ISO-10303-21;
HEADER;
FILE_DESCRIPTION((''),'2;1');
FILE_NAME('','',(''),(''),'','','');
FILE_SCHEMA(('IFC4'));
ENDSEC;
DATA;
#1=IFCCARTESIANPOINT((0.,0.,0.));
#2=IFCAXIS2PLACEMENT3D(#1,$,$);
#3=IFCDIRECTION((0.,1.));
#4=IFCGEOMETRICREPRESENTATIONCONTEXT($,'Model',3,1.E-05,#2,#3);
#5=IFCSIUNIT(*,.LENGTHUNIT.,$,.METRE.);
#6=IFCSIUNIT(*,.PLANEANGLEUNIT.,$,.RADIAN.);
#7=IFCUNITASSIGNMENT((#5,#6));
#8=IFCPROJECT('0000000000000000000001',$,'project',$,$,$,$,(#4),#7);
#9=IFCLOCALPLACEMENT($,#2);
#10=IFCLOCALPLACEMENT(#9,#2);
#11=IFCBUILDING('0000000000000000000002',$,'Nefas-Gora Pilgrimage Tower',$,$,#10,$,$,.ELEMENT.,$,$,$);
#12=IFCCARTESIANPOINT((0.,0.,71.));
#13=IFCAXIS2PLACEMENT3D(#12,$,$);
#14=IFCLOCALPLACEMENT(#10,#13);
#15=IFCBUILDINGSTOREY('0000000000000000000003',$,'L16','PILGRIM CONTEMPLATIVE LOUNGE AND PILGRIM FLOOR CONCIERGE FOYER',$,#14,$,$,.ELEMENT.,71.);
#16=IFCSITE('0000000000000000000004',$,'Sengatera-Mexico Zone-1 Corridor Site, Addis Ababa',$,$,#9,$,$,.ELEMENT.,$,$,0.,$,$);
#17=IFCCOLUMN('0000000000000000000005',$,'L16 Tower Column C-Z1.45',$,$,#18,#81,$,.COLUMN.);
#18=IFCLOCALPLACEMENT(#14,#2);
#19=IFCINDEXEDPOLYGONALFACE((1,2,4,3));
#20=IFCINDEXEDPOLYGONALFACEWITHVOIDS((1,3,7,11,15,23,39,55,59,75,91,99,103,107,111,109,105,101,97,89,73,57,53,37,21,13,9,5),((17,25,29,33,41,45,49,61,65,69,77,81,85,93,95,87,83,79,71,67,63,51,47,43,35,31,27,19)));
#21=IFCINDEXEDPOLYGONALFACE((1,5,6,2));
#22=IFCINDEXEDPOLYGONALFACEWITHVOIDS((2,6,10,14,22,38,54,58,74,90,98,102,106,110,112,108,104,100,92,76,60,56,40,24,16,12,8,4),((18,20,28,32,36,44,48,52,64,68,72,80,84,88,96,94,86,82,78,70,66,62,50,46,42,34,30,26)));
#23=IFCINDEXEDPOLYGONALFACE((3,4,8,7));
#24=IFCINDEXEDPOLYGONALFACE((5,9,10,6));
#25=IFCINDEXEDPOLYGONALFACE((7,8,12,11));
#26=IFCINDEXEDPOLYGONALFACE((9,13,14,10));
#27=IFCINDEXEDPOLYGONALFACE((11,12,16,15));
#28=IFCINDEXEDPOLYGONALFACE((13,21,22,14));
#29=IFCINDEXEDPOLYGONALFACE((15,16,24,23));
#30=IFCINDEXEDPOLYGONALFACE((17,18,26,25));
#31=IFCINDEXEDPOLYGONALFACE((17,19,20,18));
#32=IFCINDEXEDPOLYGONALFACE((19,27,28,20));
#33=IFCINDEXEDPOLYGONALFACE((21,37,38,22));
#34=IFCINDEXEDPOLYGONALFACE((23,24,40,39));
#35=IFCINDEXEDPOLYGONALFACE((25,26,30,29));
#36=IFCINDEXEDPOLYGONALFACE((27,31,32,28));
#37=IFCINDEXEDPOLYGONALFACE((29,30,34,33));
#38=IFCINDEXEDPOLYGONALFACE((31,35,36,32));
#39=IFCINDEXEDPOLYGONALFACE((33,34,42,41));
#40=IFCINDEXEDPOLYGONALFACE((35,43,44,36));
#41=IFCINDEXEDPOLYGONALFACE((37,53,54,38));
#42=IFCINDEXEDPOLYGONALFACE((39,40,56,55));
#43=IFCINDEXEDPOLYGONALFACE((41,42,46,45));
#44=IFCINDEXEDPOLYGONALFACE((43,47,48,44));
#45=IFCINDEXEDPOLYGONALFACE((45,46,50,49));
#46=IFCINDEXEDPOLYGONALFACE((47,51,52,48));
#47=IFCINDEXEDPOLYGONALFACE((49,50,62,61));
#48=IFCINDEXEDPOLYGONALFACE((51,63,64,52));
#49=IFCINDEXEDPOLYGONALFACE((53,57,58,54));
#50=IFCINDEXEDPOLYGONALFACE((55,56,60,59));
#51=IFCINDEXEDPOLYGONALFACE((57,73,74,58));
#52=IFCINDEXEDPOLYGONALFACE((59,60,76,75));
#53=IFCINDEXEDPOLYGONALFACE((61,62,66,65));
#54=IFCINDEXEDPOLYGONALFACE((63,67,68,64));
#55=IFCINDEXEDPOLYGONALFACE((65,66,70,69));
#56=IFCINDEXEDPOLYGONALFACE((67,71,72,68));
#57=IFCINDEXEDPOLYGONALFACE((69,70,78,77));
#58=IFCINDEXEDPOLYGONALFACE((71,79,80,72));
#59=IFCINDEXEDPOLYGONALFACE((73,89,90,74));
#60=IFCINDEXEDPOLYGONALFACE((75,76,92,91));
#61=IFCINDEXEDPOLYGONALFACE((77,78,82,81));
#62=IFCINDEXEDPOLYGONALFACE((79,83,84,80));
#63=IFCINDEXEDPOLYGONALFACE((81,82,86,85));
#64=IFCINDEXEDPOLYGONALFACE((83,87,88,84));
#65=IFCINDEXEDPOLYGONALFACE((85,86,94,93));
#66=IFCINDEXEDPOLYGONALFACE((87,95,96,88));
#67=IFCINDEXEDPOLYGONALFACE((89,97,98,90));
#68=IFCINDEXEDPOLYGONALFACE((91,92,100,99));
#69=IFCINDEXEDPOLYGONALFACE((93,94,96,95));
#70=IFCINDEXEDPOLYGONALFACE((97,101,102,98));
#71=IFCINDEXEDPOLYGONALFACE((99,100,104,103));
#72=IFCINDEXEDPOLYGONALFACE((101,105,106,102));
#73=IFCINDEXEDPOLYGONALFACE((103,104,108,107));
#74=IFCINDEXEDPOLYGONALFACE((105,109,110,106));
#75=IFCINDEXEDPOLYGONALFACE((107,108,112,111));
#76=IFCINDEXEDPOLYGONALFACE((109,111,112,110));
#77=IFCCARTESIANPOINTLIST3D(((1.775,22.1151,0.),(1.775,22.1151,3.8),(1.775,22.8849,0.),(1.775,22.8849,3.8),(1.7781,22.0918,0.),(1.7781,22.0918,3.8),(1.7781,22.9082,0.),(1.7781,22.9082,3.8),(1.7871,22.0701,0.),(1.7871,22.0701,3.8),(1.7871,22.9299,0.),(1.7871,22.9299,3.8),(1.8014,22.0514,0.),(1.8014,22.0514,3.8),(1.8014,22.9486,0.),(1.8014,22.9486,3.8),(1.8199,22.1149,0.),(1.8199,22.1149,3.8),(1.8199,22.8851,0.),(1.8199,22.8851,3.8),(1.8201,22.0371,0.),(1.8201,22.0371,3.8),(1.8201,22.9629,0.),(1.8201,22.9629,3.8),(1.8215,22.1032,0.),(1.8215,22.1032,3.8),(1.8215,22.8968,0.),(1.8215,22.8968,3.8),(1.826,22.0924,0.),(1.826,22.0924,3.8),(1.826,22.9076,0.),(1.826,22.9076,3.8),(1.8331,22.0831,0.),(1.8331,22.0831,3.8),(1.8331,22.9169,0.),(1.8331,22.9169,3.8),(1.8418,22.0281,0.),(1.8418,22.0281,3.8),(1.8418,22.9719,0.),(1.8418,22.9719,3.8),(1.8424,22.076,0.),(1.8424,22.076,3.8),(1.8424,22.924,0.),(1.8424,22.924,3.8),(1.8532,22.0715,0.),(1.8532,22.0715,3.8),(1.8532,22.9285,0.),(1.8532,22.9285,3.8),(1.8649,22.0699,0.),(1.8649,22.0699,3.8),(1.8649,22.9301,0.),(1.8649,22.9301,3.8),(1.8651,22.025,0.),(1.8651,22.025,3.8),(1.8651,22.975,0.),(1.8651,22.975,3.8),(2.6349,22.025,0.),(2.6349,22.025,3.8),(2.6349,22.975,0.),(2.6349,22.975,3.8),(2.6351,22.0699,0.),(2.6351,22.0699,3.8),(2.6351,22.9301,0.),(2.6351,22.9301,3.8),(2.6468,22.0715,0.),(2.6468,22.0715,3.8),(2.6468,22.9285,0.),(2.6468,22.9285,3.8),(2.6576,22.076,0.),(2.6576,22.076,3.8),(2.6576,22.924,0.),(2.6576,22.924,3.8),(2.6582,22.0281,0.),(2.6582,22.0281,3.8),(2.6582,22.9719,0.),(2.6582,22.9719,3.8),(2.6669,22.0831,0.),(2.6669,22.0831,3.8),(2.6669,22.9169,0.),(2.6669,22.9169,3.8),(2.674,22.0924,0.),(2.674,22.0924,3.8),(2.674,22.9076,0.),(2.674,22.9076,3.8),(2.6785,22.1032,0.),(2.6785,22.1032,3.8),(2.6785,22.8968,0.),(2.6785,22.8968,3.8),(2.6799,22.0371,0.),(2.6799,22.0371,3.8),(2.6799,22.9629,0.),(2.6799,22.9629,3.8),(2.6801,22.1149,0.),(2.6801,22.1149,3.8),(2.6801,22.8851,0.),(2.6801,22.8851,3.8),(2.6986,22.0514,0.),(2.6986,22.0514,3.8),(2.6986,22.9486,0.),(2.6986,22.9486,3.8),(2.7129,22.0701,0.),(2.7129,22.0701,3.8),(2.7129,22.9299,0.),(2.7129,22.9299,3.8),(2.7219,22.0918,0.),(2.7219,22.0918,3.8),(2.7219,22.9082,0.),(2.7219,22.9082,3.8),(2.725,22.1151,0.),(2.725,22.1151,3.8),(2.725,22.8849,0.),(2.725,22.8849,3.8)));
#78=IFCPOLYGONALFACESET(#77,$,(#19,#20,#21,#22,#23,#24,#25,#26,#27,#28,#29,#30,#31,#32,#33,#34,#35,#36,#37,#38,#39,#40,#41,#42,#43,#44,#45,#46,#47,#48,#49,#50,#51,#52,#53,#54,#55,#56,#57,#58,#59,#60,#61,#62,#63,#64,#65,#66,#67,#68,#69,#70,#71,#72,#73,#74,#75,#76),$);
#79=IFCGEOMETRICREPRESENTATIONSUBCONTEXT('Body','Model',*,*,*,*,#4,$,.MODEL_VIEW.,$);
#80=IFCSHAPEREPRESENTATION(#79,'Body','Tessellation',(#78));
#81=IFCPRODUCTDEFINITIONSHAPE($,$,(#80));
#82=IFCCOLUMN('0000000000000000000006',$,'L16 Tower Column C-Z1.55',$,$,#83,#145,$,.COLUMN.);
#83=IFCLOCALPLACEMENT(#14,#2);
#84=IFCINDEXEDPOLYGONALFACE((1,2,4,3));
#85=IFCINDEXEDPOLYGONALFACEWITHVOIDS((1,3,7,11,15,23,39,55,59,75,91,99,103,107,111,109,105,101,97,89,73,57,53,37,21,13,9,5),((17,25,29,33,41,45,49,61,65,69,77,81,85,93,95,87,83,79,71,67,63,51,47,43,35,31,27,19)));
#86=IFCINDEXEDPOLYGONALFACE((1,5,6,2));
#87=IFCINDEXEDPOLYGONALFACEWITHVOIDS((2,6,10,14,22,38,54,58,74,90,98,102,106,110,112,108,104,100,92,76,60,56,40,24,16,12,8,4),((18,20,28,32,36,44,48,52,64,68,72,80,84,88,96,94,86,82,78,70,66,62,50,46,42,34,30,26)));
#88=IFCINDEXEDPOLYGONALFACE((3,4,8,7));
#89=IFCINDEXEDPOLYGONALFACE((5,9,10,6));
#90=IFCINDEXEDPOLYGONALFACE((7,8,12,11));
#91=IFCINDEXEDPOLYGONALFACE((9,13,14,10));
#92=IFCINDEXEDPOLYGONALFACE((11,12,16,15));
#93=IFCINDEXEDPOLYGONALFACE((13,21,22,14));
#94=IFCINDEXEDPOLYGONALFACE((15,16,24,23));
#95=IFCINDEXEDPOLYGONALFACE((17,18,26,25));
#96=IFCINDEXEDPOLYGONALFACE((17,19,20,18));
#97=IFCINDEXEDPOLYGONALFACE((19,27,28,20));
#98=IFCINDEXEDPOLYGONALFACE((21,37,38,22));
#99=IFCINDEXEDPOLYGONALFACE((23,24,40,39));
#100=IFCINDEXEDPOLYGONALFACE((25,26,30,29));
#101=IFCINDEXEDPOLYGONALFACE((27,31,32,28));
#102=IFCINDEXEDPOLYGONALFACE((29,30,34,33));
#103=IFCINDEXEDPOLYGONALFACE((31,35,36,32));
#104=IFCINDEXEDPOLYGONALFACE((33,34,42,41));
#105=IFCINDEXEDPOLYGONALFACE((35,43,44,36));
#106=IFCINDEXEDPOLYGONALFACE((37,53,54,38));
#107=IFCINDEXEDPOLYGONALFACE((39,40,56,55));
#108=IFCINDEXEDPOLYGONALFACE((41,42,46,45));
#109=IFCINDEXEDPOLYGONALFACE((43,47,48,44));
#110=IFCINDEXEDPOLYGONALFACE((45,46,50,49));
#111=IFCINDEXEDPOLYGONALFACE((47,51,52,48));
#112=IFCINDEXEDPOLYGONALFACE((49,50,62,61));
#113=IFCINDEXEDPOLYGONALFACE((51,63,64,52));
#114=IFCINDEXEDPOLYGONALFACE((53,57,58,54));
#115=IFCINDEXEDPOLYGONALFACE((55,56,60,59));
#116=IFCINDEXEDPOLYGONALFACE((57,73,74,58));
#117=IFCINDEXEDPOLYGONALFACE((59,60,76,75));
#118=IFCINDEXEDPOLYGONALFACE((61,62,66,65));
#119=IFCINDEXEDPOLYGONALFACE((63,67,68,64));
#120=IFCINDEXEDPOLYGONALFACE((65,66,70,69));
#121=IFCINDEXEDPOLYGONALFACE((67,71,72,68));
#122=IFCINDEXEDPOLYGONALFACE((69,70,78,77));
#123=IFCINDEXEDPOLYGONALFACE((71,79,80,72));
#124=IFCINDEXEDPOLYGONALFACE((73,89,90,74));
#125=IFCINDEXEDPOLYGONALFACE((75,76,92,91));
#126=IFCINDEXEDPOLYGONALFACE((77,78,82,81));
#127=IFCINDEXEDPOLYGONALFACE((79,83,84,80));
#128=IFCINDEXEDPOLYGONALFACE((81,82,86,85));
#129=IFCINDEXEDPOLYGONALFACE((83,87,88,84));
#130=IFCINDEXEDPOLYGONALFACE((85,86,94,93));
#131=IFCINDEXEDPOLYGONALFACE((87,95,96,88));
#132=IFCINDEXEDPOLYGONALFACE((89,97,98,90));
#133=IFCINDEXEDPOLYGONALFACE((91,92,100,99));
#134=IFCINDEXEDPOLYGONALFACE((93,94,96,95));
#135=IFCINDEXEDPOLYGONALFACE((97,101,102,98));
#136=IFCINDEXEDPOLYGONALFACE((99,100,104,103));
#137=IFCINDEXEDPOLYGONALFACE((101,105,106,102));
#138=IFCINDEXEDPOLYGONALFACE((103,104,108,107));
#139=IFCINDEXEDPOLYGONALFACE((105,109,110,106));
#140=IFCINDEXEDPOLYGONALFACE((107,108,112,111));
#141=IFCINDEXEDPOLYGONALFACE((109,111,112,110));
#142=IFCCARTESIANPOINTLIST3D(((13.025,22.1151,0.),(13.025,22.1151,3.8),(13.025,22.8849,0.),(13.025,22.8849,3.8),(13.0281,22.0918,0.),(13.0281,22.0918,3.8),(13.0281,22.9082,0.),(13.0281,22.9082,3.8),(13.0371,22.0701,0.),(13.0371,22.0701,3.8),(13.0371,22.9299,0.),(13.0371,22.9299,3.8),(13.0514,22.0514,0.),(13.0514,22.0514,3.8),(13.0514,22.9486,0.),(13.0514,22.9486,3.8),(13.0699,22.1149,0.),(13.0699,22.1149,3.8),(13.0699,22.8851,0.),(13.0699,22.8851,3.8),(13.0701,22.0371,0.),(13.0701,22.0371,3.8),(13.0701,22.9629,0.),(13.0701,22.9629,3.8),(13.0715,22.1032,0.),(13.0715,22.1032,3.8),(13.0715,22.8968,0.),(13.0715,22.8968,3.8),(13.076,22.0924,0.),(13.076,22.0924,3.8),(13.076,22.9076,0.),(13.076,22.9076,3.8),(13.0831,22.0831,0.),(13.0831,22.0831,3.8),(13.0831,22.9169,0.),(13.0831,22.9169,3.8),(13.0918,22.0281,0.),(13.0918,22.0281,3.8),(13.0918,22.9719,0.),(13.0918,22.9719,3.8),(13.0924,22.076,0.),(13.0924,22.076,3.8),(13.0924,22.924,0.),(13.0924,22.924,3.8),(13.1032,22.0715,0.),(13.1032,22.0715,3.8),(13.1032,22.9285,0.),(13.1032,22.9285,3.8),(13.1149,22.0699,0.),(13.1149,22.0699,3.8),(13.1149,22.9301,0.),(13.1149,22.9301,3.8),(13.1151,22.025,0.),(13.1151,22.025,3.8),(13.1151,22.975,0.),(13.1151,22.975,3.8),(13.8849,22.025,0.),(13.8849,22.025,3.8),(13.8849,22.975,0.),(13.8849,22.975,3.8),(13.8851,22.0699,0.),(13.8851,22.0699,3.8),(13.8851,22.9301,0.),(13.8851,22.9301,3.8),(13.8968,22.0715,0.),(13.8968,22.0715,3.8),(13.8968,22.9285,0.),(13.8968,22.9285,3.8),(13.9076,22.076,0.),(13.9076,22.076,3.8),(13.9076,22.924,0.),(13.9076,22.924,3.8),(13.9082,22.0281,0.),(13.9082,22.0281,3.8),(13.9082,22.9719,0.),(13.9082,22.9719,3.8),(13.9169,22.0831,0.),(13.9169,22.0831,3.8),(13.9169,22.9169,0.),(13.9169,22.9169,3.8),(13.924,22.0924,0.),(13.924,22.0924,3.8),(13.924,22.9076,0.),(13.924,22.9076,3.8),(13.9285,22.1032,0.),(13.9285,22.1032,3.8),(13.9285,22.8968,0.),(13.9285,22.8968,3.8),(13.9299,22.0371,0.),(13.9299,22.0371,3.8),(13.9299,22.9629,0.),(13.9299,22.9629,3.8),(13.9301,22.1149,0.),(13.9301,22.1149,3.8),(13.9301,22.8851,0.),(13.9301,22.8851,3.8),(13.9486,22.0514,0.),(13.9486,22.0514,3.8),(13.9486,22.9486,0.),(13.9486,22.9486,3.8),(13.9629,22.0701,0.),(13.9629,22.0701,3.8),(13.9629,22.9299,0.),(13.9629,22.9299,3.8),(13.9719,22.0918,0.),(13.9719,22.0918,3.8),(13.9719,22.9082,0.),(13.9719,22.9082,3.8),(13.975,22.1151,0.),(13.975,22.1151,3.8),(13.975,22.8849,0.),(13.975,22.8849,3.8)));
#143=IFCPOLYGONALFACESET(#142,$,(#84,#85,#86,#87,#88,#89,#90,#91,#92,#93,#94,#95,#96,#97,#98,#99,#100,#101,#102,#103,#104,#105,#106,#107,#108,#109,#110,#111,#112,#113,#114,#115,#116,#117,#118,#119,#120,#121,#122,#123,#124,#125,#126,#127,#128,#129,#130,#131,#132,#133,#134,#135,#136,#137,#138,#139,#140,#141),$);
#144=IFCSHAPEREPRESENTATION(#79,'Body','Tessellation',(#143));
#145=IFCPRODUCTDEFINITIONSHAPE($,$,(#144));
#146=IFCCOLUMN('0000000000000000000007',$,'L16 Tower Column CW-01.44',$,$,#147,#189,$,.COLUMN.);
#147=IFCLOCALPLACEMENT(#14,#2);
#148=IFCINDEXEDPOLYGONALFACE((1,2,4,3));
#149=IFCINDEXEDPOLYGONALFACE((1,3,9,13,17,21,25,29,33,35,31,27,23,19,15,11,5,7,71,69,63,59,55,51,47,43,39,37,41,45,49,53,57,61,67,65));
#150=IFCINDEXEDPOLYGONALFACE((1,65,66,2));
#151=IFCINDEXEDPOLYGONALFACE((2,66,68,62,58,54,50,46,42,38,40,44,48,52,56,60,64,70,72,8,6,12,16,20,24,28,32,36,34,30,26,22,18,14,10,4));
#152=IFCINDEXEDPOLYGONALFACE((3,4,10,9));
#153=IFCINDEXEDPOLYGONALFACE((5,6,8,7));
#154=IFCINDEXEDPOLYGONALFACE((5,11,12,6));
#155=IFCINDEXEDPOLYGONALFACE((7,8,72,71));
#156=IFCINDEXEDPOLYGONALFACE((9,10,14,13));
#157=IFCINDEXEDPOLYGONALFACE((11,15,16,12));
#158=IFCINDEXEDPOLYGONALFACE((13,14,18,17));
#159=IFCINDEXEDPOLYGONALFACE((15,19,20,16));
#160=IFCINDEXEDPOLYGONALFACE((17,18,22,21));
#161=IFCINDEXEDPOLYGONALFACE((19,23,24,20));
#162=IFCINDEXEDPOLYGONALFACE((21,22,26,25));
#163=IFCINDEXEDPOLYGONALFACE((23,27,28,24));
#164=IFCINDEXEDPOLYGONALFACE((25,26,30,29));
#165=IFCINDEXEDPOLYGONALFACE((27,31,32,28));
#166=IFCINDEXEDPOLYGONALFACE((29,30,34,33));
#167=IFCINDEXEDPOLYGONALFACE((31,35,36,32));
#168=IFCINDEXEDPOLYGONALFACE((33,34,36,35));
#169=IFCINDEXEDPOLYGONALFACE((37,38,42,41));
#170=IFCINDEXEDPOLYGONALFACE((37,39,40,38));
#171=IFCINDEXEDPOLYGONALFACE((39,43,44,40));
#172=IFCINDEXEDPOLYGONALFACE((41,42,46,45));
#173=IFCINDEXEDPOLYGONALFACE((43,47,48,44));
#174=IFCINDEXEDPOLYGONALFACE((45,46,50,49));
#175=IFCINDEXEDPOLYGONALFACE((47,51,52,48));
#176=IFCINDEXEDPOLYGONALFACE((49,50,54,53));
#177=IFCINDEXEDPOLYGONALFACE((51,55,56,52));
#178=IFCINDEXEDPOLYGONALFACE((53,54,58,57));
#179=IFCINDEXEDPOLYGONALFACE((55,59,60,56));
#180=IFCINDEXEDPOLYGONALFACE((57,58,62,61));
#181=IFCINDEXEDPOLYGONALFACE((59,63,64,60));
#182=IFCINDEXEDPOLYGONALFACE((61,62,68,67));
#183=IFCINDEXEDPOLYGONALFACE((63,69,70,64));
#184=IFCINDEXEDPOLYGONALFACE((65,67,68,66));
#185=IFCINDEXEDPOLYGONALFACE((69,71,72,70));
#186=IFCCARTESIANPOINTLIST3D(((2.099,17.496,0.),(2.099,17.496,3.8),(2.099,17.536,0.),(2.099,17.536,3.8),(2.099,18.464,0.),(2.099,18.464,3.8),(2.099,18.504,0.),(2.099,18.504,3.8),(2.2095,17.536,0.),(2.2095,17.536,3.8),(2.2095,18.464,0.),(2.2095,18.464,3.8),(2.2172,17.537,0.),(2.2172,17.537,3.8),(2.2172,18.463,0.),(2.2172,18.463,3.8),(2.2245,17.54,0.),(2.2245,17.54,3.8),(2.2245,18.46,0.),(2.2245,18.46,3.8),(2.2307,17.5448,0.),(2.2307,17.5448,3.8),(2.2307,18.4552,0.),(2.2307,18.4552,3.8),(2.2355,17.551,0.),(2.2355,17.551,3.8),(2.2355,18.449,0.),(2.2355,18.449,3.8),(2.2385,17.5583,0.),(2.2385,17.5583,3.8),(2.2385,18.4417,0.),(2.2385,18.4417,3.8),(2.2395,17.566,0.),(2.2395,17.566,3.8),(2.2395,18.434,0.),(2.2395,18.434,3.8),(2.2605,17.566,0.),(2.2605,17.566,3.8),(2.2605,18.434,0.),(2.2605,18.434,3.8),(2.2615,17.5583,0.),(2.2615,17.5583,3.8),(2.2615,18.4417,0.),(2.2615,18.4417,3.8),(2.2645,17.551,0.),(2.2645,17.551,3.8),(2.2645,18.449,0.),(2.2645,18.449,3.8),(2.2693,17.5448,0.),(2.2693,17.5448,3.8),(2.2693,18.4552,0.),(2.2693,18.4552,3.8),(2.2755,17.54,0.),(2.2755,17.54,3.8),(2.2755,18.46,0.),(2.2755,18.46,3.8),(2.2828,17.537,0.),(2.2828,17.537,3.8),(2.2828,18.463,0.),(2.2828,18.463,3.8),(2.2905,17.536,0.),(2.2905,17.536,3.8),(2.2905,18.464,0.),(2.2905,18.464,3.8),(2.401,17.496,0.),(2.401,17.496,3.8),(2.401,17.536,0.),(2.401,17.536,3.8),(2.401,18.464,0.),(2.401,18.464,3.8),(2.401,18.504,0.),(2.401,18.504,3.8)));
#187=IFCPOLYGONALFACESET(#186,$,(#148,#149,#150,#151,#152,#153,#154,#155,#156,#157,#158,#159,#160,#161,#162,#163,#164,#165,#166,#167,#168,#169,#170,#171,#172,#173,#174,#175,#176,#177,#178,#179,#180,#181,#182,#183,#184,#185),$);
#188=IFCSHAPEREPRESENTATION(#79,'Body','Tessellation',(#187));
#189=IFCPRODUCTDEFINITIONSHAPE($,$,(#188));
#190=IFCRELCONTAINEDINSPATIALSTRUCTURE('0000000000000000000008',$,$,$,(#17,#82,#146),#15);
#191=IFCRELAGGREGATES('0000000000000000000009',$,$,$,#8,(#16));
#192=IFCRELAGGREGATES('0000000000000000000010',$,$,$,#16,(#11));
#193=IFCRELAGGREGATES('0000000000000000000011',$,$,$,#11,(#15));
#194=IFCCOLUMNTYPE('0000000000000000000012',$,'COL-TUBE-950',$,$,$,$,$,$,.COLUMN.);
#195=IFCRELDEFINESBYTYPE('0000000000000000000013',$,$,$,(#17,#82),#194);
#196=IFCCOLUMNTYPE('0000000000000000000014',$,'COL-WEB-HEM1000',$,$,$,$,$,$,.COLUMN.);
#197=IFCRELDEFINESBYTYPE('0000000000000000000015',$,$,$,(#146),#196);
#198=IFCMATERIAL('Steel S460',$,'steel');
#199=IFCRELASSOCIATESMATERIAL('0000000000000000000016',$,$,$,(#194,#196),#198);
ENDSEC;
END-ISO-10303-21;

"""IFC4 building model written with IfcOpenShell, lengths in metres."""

from ifc_helpers import new_model, si_unit, direction, frame, origin, origin_2d, place, context, subcontext, project, spatial, hollow_rectangle, i_section, extrude, source, transform, mapped, material, material_profile, profile_set, type_object, element, save


model = new_model("IFC4")

# Units and contexts
model_context = context("Model", 3, precision=1e-05, world=origin(), true_north=direction((0.0, 1.0)))
body_context = subcontext(model_context, "Body", "Model", "MODEL_VIEW")
ifc_project = project(units=[si_unit("LENGTHUNIT", "METRE"), si_unit("PLANEANGLEUNIT", "RADIAN")], contexts=[model_context])

# Site, building, storey
site_placement = place(None, origin())
site = spatial("IfcSite", under=ifc_project, at=site_placement, Name="Sengatera-Mexico Zone-1 Corridor Site, Addis Ababa", CompositionType="ELEMENT", RefElevation=0.0)
building_placement = place(site_placement, origin())
building = spatial("IfcBuilding", under=site, at=building_placement, Name="Nefas-Gora Pilgrimage Tower", CompositionType="ELEMENT")
storey_placement = place(building_placement, frame((0.0, 0.0, 71.0)))
storey = spatial("IfcBuildingStorey", under=building, at=storey_placement, Name="L16", Description="PILGRIM CONTEMPLATIVE LOUNGE AND PILGRIM FLOOR CONCIERGE FOYER", CompositionType="ELEMENT", Elevation=71.0)

# Columns
ifc_material_1 = material(Name="Steel S460", Category="steel")
ifc_material_profile_1 = material_profile(ifc_material_1, hollow_rectangle(XDim=0.95, YDim=0.95, WallThickness=0.0449, InnerFilletRadius=0.0449, OuterFilletRadius=0.0901, at=origin_2d()), Name="BOX 950x950x45")
ifc_profile_set_1 = profile_set([ifc_material_profile_1], Name="Steel S460")
column_type_1 = type_object("IfcColumnType", Name="COL-TUBE-950", PredefinedType="COLUMN", material=ifc_profile_set_1)
shared_shape_1 = source(origin(), body_context, "Body", "SweptSolid", [
    extrude(hollow_rectangle(XDim=0.95, YDim=0.95, WallThickness=0.0449, InnerFilletRadius=0.0449, OuterFilletRadius=0.0901, at=origin_2d()), origin(), (0.0, 0.0, 1.0), 3.8),
])
for number, where, z_axis, x_axis, name in (
    (1, (2.25, 22.5, 0.0), (0.0, 0.0, 1.0), (1.0, 0.0, 0.0), "L16 Tower Column C-Z1.45"),
    (2, (13.5, 22.5, 0.0), (0.0, 0.0, 1.0), (1.0, 0.0, 0.0), "L16 Tower Column C-Z1.55"),
):
    element("IfcColumn", number, at=place(storey_placement, frame(where, z_axis=z_axis, x_axis=x_axis)), inside=storey, type_object=column_type_1, Name=name, PredefinedType="COLUMN", context=body_context, shape_type="MappedRepresentation", body=[
        mapped(shared_shape_1, transform((0.0, 0.0, 0.0), x_axis=(1.0, 0.0, 0.0), y_axis=(0.0, 1.0, 0.0), z_axis=(0.0, 0.0, 1.0), scale=1.0)),
    ])
ifc_material_profile_2 = material_profile(ifc_material_1, i_section(OverallWidth=0.302, OverallDepth=1.0081, WebThickness=0.021, FlangeThickness=0.04, FilletRadius=0.03, at=origin_2d()), Name="HEM 1000")
ifc_profile_set_2 = profile_set([ifc_material_profile_2], Name="Steel S460")
column_type_2 = type_object("IfcColumnType", Name="COL-WEB-HEM1000", PredefinedType="COLUMN", material=ifc_profile_set_2)
shared_shape_2 = source(origin(), body_context, "Body", "SweptSolid", [
    extrude(i_section(OverallWidth=0.302, OverallDepth=1.0081, WebThickness=0.021, FlangeThickness=0.04, FilletRadius=0.03, at=origin_2d()), origin(), (0.0, 0.0, 1.0), 3.8),
])
for number, where, z_axis, x_axis, name in (
    (3, (2.25, 18.0, 0.0), (0.0, 0.0, 1.0), (1.0, 0.0, 0.0), "L16 Tower Column CW-01.44"),
):
    element("IfcColumn", number, at=place(storey_placement, frame(where, z_axis=z_axis, x_axis=x_axis)), inside=storey, type_object=column_type_2, Name=name, PredefinedType="COLUMN", context=body_context, shape_type="MappedRepresentation", body=[
        mapped(shared_shape_2, transform((0.0, 0.0, 0.0), x_axis=(1.0, 0.0, 0.0), y_axis=(0.0, 1.0, 0.0), z_axis=(0.0, 0.0, 1.0), scale=1.0)),
    ])

save(model, "model.ifc")
